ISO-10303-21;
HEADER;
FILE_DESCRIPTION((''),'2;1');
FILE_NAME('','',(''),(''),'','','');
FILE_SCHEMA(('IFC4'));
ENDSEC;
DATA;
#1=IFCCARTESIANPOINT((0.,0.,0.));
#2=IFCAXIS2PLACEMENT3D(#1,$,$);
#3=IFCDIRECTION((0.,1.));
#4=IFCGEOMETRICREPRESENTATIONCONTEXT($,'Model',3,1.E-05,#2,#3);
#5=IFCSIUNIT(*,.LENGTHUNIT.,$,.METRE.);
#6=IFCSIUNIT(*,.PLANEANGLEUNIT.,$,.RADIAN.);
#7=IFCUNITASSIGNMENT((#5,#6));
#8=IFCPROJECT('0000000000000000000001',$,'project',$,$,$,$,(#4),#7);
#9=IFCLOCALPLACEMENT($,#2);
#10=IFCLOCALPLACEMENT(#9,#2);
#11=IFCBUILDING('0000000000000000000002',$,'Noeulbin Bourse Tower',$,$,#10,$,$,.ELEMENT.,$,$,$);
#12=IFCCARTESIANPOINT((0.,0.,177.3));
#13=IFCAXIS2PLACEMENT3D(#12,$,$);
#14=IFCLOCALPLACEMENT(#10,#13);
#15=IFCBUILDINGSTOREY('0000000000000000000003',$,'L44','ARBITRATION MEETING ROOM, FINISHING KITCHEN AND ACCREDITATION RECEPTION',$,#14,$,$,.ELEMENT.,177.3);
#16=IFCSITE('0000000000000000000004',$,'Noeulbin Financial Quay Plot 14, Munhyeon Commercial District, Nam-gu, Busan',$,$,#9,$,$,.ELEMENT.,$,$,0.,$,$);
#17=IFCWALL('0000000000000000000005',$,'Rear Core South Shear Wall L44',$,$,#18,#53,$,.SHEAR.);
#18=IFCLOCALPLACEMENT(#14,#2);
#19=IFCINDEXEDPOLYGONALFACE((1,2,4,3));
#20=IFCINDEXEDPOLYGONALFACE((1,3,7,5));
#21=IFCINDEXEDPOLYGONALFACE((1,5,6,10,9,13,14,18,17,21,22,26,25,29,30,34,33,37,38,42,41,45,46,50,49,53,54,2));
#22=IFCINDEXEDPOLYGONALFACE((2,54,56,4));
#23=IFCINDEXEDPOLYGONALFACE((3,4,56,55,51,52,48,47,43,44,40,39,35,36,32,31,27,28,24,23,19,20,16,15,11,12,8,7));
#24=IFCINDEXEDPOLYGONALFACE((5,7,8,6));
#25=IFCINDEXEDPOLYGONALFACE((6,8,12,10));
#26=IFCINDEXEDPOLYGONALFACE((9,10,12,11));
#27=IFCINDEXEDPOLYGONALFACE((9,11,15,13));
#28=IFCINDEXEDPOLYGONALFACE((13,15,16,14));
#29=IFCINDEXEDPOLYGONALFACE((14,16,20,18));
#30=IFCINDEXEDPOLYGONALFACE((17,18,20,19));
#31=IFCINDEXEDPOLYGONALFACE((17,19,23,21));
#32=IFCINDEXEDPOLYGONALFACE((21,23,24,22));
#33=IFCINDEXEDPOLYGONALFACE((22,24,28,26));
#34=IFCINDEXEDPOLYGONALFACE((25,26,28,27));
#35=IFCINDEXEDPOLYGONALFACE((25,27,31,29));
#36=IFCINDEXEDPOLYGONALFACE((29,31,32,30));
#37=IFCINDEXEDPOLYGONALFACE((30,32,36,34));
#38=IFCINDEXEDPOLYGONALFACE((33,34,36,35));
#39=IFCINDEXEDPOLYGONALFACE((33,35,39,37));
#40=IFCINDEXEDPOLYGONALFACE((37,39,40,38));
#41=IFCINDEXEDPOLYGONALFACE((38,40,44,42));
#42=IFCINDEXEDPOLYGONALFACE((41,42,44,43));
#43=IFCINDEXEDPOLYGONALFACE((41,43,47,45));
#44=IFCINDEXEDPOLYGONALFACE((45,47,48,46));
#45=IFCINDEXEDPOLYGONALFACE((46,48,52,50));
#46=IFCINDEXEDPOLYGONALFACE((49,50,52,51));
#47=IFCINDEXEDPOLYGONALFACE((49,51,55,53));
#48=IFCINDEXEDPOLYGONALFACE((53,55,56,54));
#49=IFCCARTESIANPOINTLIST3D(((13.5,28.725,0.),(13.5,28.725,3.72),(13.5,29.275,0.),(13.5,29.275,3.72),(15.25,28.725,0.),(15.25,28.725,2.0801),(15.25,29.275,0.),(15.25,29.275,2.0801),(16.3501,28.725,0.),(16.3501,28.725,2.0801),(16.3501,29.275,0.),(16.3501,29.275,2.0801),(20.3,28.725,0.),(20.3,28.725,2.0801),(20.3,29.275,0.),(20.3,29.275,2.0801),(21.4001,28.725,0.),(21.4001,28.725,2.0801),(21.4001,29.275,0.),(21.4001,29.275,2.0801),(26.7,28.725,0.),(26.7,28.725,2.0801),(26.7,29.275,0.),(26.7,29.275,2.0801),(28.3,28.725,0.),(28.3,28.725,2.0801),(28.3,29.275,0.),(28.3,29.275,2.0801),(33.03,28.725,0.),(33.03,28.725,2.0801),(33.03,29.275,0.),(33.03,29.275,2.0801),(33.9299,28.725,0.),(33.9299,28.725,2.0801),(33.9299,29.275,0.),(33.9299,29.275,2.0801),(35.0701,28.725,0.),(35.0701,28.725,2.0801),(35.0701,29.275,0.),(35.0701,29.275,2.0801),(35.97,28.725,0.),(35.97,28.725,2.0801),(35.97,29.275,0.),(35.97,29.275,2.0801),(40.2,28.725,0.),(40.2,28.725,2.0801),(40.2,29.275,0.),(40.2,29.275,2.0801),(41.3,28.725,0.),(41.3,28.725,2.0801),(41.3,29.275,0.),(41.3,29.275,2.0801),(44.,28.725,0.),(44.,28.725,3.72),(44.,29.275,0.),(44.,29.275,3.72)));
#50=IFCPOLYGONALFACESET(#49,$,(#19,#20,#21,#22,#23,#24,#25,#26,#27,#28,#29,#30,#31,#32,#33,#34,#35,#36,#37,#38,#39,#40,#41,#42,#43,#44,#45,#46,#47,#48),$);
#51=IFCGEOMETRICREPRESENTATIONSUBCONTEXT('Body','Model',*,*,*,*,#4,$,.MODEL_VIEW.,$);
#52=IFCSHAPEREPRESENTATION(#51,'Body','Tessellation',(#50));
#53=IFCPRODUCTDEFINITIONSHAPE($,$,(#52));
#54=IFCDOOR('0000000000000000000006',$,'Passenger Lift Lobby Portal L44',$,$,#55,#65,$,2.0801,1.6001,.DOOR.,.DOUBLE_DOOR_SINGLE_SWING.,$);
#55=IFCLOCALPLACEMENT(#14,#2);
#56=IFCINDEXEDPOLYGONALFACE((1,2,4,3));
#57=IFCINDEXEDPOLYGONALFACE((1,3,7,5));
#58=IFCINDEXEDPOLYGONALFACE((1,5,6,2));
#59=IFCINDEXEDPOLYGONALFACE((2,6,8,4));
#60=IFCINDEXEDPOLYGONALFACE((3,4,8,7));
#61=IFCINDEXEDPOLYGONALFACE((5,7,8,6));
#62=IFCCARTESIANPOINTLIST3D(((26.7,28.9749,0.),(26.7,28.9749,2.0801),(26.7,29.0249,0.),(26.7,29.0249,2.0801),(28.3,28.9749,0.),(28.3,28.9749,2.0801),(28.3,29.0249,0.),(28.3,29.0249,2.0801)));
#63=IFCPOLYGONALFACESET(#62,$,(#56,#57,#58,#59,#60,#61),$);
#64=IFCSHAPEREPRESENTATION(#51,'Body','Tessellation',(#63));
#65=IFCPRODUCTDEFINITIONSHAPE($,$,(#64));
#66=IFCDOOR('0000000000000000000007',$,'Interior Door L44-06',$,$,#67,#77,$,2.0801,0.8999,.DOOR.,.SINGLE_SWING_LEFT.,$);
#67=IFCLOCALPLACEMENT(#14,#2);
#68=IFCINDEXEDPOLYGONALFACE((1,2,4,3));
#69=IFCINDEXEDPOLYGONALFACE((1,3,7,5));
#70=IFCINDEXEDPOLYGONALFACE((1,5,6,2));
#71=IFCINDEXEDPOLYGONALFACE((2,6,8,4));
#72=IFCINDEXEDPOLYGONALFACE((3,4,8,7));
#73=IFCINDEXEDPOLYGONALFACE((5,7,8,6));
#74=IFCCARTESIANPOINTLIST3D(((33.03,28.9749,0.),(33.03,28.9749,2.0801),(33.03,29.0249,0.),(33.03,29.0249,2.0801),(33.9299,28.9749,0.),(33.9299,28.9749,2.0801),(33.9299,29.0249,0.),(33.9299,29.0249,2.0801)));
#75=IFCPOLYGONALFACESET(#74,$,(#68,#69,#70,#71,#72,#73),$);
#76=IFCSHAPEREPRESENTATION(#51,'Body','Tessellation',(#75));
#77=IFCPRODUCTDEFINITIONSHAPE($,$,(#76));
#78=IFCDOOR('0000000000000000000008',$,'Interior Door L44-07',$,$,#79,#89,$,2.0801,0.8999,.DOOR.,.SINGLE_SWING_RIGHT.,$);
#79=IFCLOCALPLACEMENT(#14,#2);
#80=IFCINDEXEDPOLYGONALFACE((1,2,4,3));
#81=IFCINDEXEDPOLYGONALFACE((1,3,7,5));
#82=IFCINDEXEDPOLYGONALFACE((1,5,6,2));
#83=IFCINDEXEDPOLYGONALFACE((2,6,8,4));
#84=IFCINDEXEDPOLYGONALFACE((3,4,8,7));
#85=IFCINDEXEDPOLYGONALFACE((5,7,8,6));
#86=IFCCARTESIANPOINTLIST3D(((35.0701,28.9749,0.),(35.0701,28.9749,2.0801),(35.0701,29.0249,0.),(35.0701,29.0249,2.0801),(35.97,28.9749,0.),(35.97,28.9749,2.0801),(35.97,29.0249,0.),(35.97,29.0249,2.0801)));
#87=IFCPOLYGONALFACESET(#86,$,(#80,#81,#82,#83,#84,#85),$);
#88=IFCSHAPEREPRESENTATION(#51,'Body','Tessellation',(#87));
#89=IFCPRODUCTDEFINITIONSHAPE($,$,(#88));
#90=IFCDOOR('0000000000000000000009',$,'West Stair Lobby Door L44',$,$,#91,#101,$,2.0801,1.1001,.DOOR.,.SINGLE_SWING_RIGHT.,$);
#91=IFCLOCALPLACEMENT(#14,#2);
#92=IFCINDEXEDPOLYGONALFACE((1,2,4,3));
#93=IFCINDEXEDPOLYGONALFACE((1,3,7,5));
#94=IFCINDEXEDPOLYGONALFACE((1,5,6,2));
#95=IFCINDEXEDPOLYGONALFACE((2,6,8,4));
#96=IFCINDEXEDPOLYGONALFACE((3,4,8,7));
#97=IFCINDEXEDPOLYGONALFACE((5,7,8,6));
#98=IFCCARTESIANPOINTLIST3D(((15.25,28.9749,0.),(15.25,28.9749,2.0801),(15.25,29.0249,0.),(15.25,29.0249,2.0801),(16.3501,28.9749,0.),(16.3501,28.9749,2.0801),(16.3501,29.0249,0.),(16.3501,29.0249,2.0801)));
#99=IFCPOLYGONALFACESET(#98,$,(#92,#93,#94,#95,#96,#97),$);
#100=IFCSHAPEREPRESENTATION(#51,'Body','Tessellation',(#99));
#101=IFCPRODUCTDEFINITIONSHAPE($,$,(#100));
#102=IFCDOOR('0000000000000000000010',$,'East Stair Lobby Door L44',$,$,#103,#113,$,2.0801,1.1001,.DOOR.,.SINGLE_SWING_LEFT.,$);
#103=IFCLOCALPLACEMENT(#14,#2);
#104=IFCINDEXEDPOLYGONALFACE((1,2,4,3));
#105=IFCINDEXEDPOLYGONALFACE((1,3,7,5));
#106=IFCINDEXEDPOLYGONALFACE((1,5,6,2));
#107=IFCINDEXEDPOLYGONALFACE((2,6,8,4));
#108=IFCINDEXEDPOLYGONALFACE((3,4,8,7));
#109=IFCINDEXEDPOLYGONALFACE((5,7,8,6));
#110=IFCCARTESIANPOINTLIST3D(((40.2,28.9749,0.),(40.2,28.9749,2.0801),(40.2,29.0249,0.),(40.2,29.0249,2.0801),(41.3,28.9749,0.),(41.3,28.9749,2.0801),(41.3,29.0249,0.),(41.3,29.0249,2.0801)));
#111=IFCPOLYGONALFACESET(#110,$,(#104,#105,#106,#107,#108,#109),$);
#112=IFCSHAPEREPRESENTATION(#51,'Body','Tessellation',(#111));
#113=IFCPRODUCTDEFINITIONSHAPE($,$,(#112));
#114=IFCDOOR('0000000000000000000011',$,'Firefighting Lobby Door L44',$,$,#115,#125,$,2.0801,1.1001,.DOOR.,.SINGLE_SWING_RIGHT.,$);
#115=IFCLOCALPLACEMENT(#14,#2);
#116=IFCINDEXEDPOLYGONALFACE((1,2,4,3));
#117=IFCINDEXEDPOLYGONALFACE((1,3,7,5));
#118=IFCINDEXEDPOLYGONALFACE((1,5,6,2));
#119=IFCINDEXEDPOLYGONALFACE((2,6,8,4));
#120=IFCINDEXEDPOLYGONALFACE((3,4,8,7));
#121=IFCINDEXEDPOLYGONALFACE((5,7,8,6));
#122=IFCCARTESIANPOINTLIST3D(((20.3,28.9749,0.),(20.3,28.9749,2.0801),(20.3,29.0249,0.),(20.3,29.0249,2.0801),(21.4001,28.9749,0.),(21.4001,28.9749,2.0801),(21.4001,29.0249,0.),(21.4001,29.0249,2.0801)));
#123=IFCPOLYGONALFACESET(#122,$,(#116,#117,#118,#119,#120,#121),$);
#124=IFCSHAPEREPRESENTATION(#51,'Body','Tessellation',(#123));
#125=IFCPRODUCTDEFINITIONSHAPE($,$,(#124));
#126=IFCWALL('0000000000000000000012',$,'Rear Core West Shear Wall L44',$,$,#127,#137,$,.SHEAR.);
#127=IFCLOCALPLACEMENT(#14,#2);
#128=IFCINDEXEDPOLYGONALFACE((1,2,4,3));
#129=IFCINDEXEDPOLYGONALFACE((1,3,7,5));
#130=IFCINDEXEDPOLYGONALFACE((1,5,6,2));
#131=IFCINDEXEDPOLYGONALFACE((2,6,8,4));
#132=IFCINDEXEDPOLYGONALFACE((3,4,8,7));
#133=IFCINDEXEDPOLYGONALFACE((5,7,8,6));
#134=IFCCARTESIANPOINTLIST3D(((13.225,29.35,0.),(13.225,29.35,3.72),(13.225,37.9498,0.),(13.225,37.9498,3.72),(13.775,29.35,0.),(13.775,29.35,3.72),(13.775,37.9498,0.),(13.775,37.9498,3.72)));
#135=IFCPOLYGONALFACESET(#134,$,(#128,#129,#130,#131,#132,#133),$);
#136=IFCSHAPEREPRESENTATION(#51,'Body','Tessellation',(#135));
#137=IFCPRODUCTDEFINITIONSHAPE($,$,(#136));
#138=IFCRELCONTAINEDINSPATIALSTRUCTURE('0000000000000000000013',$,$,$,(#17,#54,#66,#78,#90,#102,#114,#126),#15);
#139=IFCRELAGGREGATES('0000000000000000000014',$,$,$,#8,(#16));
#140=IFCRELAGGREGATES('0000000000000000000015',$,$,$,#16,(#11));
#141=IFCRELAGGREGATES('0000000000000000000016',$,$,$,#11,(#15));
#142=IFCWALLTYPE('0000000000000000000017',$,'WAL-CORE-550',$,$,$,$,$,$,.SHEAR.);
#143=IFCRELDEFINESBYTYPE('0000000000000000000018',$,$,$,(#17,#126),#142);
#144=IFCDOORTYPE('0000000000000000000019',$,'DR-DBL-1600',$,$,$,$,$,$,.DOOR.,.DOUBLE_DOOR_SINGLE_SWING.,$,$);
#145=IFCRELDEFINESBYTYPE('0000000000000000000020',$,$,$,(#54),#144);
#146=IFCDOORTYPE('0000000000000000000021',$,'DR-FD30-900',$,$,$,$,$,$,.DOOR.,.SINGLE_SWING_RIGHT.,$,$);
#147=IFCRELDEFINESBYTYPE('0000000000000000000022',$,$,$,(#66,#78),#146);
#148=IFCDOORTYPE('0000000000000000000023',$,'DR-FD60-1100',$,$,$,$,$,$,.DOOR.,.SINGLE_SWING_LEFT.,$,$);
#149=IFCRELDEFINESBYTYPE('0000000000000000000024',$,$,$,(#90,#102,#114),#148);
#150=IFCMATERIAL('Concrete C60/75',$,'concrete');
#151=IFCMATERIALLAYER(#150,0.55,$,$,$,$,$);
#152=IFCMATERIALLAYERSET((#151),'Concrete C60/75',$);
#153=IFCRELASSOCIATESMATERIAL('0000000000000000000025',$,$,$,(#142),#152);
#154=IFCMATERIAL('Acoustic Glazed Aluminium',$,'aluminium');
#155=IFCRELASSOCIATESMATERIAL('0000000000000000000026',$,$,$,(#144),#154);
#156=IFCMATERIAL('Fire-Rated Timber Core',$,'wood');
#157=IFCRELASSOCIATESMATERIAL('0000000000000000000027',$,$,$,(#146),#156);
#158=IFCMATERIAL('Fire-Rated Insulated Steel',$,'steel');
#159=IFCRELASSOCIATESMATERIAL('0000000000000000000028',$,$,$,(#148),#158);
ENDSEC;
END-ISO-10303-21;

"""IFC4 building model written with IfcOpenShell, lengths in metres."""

from ifc_helpers import new_model, si_unit, direction, frame, frame_2d, origin, place, context, subcontext, project, spatial, rectangle, extrude, material, layer, layer_set, type_object, element, fill, save


model = new_model("IFC4")

# Units and contexts
model_context = context("Model", 3, precision=1e-05, world=origin(), true_north=direction((0.0, 1.0)))
body_context = subcontext(model_context, "Body", "Model", "MODEL_VIEW")
ifc_project = project(units=[si_unit("LENGTHUNIT", "METRE"), si_unit("PLANEANGLEUNIT", "RADIAN")], contexts=[model_context])

# Site, building, storey
site_placement = place(None, origin())
site = spatial("IfcSite", under=ifc_project, at=site_placement, Name="Noeulbin Financial Quay Plot 14, Munhyeon Commercial District, Nam-gu, Busan", CompositionType="ELEMENT", RefElevation=0.0)
building_placement = place(site_placement, origin())
building = spatial("IfcBuilding", under=site, at=building_placement, Name="Noeulbin Bourse Tower", CompositionType="ELEMENT")
storey_placement = place(building_placement, frame((0.0, 0.0, 177.3)))
storey = spatial("IfcBuildingStorey", under=building, at=storey_placement, Name="L44", Description="ARBITRATION MEETING ROOM, FINISHING KITCHEN AND ACCREDITATION RECEPTION", CompositionType="ELEMENT", Elevation=177.3)

# Wall, openings, doors
ifc_material_1 = material(Name="Concrete C60/75", Category="concrete")
ifc_layer_1 = layer(ifc_material_1, 0.55)
ifc_layer_set_1 = layer_set([ifc_layer_1], Name="Concrete C60/75")
wall_type_1 = type_object("IfcWallType", Name="WAL-CORE-550", PredefinedType="SHEAR", material=ifc_layer_set_1)
wall_1_placement = place(storey_placement, frame((13.5, 29.0, 0.0), z_axis=(0.0, 0.0, 1.0), x_axis=(1.0, 0.0, 0.0)))
wall_1 = element("IfcWall", 1, at=wall_1_placement, inside=storey, type_object=wall_type_1, Name="Rear Core South Shear Wall L44", PredefinedType="SHEAR", context=body_context, shape_type="SweptSolid", body=[
    extrude(rectangle(XDim=30.5, YDim=0.55, at=frame_2d((15.25, 0.0))), origin(), (0.0, 0.0, 1.0), 3.72),
])
opening_1_placement = place(wall_1_placement, frame((1.75, 0.0, 0.0)))
opening_1 = element("IfcOpeningElement", 2, at=opening_1_placement, cuts=wall_1, PredefinedType="OPENING", context=body_context, shape_type="SweptSolid", body=[
    extrude(rectangle(XDim=1.1001, YDim=2.0801, at=frame_2d((0.55, 1.04))), frame((0.0, 0.2849, 0.0), z_axis=(0.0, -1.0, 0.0), x_axis=(1.0, 0.0, 0.0)), (0.0, 0.0, 1.0), 0.5701),
])
opening_2_placement = place(wall_1_placement, frame((26.7, 0.0, 0.0)))
opening_2 = element("IfcOpeningElement", 3, at=opening_2_placement, cuts=wall_1, PredefinedType="OPENING", context=body_context, shape_type="SweptSolid", body=[
    extrude(rectangle(XDim=1.1001, YDim=2.0801, at=frame_2d((0.55, 1.04))), frame((0.0, 0.2849, 0.0), z_axis=(0.0, -1.0, 0.0), x_axis=(1.0, 0.0, 0.0)), (0.0, 0.0, 1.0), 0.5701),
])
opening_3_placement = place(wall_1_placement, frame((6.8, 0.0, 0.0)))
opening_3 = element("IfcOpeningElement", 4, at=opening_3_placement, cuts=wall_1, PredefinedType="OPENING", context=body_context, shape_type="SweptSolid", body=[
    extrude(rectangle(XDim=1.1001, YDim=2.0801, at=frame_2d((0.55, 1.04))), frame((0.0, 0.2849, 0.0), z_axis=(0.0, -1.0, 0.0), x_axis=(1.0, 0.0, 0.0)), (0.0, 0.0, 1.0), 0.5701),
])
opening_4_placement = place(wall_1_placement, frame((13.2, 0.0, 0.0)))
opening_4 = element("IfcOpeningElement", 5, at=opening_4_placement, cuts=wall_1, PredefinedType="OPENING", context=body_context, shape_type="SweptSolid", body=[
    extrude(rectangle(XDim=1.6001, YDim=2.0801, at=frame_2d((0.8, 1.04))), frame((0.0, 0.2849, 0.0), z_axis=(0.0, -1.0, 0.0), x_axis=(1.0, 0.0, 0.0)), (0.0, 0.0, 1.0), 0.5701),
])
opening_5_placement = place(wall_1_placement, frame((19.53, 0.0, 0.0)))
opening_5 = element("IfcOpeningElement", 6, at=opening_5_placement, cuts=wall_1, PredefinedType="OPENING", context=body_context, shape_type="SweptSolid", body=[
    extrude(rectangle(XDim=0.8999, YDim=2.0801, at=frame_2d((0.45, 1.04))), frame((0.0, 0.2849, 0.0), z_axis=(0.0, -1.0, 0.0), x_axis=(1.0, 0.0, 0.0)), (0.0, 0.0, 1.0), 0.5701),
])
opening_6_placement = place(wall_1_placement, frame((21.5701, 0.0, 0.0)))
opening_6 = element("IfcOpeningElement", 7, at=opening_6_placement, cuts=wall_1, PredefinedType="OPENING", context=body_context, shape_type="SweptSolid", body=[
    extrude(rectangle(XDim=0.8999, YDim=2.0801, at=frame_2d((0.45, 1.04))), frame((0.0, 0.2849, 0.0), z_axis=(0.0, -1.0, 0.0), x_axis=(1.0, 0.0, 0.0)), (0.0, 0.0, 1.0), 0.5701),
])
ifc_material_2 = material(Name="Acoustic Glazed Aluminium", Category="aluminium")
door_type_1 = type_object("IfcDoorType", Name="DR-DBL-1600", OperationType="DOUBLE_DOOR_SINGLE_SWING", PredefinedType="DOOR", material=ifc_material_2)
door_1_placement = place(opening_4_placement, origin())
door_1 = element("IfcDoor", 8, at=door_1_placement, inside=storey, type_object=door_type_1, Name="Passenger Lift Lobby Portal L44", OperationType="DOUBLE_DOOR_SINGLE_SWING", OverallHeight=2.0801, OverallWidth=1.6001, PredefinedType="DOOR", context=body_context, shape_type="SweptSolid", body=[
    extrude(rectangle(XDim=1.6001, YDim=2.0801, at=frame_2d((0.8, 1.04))), frame((0.0, 0.0249, 0.0), z_axis=(0.0, -1.0, 0.0), x_axis=(1.0, 0.0, 0.0)), (0.0, 0.0, 1.0), 0.05),
])
fill(opening_4, door_1)
ifc_material_3 = material(Name="Fire-Rated Timber Core", Category="wood")
door_type_2 = type_object("IfcDoorType", Name="DR-FD30-900", OperationType="SINGLE_SWING_RIGHT", PredefinedType="DOOR", material=ifc_material_3)
door_2_placement = place(opening_5_placement, origin())
door_2 = element("IfcDoor", 9, at=door_2_placement, inside=storey, type_object=door_type_2, Name="Interior Door L44-06", OperationType="SINGLE_SWING_LEFT", OverallHeight=2.0801, OverallWidth=0.8999, PredefinedType="DOOR", context=body_context, shape_type="SweptSolid", body=[
    extrude(rectangle(XDim=0.8999, YDim=2.0801, at=frame_2d((0.45, 1.04))), frame((0.0, 0.0249, 0.0), z_axis=(0.0, -1.0, 0.0), x_axis=(1.0, 0.0, 0.0)), (0.0, 0.0, 1.0), 0.05),
])
fill(opening_5, door_2)
door_3_placement = place(opening_6_placement, origin())
door_3 = element("IfcDoor", 10, at=door_3_placement, inside=storey, type_object=door_type_2, Name="Interior Door L44-07", OperationType="SINGLE_SWING_RIGHT", OverallHeight=2.0801, OverallWidth=0.8999, PredefinedType="DOOR", context=body_context, shape_type="SweptSolid", body=[
    extrude(rectangle(XDim=0.8999, YDim=2.0801, at=frame_2d((0.45, 1.04))), frame((0.0, 0.0249, 0.0), z_axis=(0.0, -1.0, 0.0), x_axis=(1.0, 0.0, 0.0)), (0.0, 0.0, 1.0), 0.05),
])
fill(opening_6, door_3)
ifc_material_4 = material(Name="Fire-Rated Insulated Steel", Category="steel")
door_type_3 = type_object("IfcDoorType", Name="DR-FD60-1100", OperationType="SINGLE_SWING_LEFT", PredefinedType="DOOR", material=ifc_material_4)
door_4_placement = place(opening_1_placement, origin())
door_4 = element("IfcDoor", 11, at=door_4_placement, inside=storey, type_object=door_type_3, Name="West Stair Lobby Door L44", OperationType="SINGLE_SWING_RIGHT", OverallHeight=2.0801, OverallWidth=1.1001, PredefinedType="DOOR", context=body_context, shape_type="SweptSolid", body=[
    extrude(rectangle(XDim=1.1001, YDim=2.0801, at=frame_2d((0.55, 1.04))), frame((0.0, 0.0249, 0.0), z_axis=(0.0, -1.0, 0.0), x_axis=(1.0, 0.0, 0.0)), (0.0, 0.0, 1.0), 0.05),
])
fill(opening_1, door_4)
door_5_placement = place(opening_2_placement, origin())
door_5 = element("IfcDoor", 12, at=door_5_placement, inside=storey, type_object=door_type_3, Name="East Stair Lobby Door L44", OperationType="SINGLE_SWING_LEFT", OverallHeight=2.0801, OverallWidth=1.1001, PredefinedType="DOOR", context=body_context, shape_type="SweptSolid", body=[
    extrude(rectangle(XDim=1.1001, YDim=2.0801, at=frame_2d((0.55, 1.04))), frame((0.0, 0.0249, 0.0), z_axis=(0.0, -1.0, 0.0), x_axis=(1.0, 0.0, 0.0)), (0.0, 0.0, 1.0), 0.05),
])
fill(opening_2, door_5)
door_6_placement = place(opening_3_placement, origin())
door_6 = element("IfcDoor", 13, at=door_6_placement, inside=storey, type_object=door_type_3, Name="Firefighting Lobby Door L44", OperationType="SINGLE_SWING_RIGHT", OverallHeight=2.0801, OverallWidth=1.1001, PredefinedType="DOOR", context=body_context, shape_type="SweptSolid", body=[
    extrude(rectangle(XDim=1.1001, YDim=2.0801, at=frame_2d((0.55, 1.04))), frame((0.0, 0.0249, 0.0), z_axis=(0.0, -1.0, 0.0), x_axis=(1.0, 0.0, 0.0)), (0.0, 0.0, 1.0), 0.05),
])
fill(opening_3, door_6)

# Wall
wall_2_placement = place(storey_placement, frame((13.5, 29.3501, 0.0), z_axis=(0.0, 0.0, 1.0), x_axis=(0.0, 1.0, 0.0)))
element("IfcWall", 14, at=wall_2_placement, inside=storey, type_object=wall_type_1, Name="Rear Core West Shear Wall L44", PredefinedType="SHEAR", context=body_context, shape_type="SweptSolid", body=[
    extrude(rectangle(XDim=8.5999, YDim=0.55, at=frame_2d((4.2998, 0.0))), origin(), (0.0, 0.0, 1.0), 3.72),
])

save(model, "model.ifc")
